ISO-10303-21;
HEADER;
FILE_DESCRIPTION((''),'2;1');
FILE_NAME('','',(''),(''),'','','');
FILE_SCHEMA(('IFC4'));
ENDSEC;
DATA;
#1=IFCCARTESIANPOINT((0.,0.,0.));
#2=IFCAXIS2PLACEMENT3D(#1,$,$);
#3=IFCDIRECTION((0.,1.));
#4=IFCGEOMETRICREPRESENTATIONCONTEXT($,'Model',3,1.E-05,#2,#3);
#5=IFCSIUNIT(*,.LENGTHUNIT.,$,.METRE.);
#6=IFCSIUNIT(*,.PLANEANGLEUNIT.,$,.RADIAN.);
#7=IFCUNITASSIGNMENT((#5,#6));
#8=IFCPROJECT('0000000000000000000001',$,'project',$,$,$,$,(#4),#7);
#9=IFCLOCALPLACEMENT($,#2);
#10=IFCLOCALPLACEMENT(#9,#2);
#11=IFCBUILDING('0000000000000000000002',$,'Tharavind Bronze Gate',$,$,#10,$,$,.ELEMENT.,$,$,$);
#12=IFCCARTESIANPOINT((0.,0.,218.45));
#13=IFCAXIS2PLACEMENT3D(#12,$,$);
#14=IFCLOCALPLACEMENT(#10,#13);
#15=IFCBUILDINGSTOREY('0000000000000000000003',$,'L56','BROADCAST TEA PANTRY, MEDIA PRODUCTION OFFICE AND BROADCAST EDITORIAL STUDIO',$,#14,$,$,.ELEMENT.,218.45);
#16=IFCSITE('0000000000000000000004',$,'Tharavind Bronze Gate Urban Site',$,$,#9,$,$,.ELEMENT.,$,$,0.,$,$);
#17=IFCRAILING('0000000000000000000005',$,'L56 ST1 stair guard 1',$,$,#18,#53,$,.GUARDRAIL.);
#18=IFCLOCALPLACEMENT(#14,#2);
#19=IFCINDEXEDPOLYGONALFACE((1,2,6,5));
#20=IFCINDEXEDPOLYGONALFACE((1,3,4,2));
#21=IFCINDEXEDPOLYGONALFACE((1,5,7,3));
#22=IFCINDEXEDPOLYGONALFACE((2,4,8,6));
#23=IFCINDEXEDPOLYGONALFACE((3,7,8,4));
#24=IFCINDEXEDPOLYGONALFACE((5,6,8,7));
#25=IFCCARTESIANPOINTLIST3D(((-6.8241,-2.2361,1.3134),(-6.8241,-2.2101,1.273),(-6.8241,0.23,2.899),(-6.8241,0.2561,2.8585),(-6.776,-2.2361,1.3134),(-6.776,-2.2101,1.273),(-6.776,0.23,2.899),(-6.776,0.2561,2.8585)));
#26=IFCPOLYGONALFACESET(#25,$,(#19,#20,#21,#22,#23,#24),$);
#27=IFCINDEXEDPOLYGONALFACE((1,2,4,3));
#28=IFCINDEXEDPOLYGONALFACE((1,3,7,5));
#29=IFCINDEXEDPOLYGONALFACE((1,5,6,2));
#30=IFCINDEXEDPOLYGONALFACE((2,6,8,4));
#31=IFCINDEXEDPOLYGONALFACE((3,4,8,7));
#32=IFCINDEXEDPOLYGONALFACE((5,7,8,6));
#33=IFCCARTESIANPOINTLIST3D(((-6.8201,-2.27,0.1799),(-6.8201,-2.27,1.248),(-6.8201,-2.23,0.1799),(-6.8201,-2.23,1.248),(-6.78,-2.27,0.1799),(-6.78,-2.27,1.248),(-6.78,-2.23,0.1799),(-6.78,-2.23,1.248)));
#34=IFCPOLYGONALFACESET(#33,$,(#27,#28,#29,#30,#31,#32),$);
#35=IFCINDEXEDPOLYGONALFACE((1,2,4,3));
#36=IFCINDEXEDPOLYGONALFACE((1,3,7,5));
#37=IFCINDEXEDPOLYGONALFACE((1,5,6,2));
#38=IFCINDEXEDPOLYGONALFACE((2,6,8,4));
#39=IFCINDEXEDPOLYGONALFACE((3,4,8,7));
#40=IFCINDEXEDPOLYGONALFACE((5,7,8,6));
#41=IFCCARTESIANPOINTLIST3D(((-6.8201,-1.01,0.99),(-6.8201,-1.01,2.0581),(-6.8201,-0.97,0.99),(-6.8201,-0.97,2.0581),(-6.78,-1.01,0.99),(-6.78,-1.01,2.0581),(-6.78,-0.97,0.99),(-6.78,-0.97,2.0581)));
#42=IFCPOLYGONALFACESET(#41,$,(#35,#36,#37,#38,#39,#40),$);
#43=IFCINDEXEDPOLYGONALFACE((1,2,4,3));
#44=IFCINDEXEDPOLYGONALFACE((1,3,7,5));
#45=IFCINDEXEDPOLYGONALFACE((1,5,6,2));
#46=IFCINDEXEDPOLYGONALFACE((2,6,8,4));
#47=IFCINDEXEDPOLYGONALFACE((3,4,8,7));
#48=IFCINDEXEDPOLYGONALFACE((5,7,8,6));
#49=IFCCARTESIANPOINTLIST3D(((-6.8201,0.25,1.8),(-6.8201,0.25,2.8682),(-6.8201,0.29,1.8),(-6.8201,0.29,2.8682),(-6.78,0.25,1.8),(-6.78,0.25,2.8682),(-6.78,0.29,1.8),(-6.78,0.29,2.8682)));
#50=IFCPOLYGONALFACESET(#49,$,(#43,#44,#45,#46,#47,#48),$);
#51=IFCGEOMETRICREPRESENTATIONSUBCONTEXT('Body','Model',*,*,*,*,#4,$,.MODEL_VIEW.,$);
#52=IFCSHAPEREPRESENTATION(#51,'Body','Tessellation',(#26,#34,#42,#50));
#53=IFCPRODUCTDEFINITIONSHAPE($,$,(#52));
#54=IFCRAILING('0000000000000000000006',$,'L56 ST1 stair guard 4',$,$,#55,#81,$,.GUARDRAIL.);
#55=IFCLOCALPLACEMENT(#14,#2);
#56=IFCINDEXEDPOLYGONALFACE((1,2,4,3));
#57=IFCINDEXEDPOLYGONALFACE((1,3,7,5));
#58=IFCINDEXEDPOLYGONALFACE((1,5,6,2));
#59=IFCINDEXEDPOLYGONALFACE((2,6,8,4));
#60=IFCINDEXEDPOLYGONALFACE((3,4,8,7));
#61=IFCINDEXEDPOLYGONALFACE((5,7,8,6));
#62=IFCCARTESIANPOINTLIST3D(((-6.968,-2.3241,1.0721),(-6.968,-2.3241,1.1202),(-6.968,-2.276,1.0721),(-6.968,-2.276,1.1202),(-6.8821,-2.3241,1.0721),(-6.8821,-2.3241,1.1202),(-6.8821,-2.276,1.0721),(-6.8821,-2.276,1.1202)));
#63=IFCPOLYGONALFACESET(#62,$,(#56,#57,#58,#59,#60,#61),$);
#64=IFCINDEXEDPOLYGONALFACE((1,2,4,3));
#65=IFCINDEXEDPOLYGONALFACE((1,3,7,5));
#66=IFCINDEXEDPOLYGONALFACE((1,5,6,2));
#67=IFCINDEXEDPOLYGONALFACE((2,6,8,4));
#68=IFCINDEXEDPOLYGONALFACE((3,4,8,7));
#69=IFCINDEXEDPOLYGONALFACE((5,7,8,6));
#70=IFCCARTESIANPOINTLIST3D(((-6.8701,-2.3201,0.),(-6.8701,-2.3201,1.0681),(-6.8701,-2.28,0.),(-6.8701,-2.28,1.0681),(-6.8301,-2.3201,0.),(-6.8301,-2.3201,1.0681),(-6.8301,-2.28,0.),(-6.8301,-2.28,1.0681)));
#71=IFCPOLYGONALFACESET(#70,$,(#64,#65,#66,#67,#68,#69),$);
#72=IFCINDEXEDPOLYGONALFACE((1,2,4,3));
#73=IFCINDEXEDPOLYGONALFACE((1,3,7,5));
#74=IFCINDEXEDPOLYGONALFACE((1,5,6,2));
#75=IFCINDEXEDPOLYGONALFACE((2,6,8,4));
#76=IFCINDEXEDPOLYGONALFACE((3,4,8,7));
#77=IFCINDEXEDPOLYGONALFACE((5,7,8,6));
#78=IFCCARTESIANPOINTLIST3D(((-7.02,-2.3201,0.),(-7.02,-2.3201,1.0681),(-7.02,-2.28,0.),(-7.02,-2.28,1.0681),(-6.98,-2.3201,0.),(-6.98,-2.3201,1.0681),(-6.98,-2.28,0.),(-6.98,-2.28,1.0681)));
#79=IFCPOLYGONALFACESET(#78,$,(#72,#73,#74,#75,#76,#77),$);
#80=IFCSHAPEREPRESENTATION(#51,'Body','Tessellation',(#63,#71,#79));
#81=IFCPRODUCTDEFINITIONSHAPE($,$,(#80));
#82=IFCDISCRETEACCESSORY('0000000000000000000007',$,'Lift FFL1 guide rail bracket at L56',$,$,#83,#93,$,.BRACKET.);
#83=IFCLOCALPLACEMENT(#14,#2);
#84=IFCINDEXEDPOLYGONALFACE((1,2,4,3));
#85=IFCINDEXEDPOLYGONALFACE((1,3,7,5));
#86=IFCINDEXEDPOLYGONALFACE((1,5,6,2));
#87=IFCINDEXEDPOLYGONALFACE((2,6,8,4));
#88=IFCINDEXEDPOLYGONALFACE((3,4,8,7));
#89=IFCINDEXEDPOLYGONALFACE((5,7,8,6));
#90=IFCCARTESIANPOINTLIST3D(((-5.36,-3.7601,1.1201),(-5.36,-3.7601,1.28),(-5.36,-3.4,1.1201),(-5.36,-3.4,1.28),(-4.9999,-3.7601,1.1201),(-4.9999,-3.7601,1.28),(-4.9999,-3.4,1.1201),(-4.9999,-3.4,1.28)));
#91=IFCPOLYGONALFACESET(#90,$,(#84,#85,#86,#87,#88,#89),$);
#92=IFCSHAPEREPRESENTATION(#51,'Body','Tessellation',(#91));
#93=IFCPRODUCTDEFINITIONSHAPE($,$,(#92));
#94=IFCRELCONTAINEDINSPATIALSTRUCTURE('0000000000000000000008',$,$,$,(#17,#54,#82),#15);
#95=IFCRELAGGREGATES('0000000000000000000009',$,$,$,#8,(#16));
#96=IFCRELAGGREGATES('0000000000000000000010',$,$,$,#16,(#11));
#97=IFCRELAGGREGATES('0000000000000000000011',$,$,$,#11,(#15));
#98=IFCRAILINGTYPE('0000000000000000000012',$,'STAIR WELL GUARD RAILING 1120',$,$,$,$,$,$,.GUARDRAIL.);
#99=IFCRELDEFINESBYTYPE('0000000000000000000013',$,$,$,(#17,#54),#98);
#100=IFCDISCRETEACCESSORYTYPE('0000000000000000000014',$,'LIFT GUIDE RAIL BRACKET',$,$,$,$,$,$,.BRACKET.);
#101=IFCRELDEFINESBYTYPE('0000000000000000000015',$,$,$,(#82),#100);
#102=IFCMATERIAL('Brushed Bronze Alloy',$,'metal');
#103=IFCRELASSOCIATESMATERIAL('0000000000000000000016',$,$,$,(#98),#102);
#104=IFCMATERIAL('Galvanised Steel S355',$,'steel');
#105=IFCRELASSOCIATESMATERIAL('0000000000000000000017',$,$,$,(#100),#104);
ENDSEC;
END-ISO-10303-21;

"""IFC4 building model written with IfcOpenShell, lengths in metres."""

from ifc_helpers import new_model, si_unit, direction, frame, origin, origin_2d, place, context, subcontext, project, spatial, rectangle, extrude, material, type_object, element, save


model = new_model("IFC4")

# Units and contexts
model_context = context("Model", 3, precision=1e-05, world=origin(), true_north=direction((0.0, 1.0)))
body_context = subcontext(model_context, "Body", "Model", "MODEL_VIEW")
ifc_project = project(units=[si_unit("LENGTHUNIT", "METRE"), si_unit("PLANEANGLEUNIT", "RADIAN")], contexts=[model_context])

# Site, building, storey
site_placement = place(None, origin())
site = spatial("IfcSite", under=ifc_project, at=site_placement, Name="Tharavind Bronze Gate Urban Site", CompositionType="ELEMENT", RefElevation=0.0)
building_placement = place(site_placement, origin())
building = spatial("IfcBuilding", under=site, at=building_placement, Name="Tharavind Bronze Gate", CompositionType="ELEMENT")
storey_placement = place(building_placement, frame((0.0, 0.0, 218.45)))
storey = spatial("IfcBuildingStorey", under=building, at=storey_placement, Name="L56", Description="BROADCAST TEA PANTRY, MEDIA PRODUCTION OFFICE AND BROADCAST EDITORIAL STUDIO", CompositionType="ELEMENT", Elevation=218.45)

# Railings
ifc_material_1 = material(Name="Brushed Bronze Alloy", Category="metal")
railing_type_1 = type_object("IfcRailingType", Name="STAIR WELL GUARD RAILING 1120", PredefinedType="GUARDRAIL", material=ifc_material_1)
railing_1_placement = place(storey_placement, frame((-6.8, -2.25, 0.1799)))
element("IfcRailing", 1, at=railing_1_placement, inside=storey, type_object=railing_type_1, Name="L56 ST1 stair guard 1", PredefinedType="GUARDRAIL", context=body_context, shape_type="SweptSolid", body=[
    extrude(rectangle(XDim=0.0481, YDim=0.0481, at=origin_2d()), frame((0.0, 0.0269, 1.1133), z_axis=(0.0, 0.841163, 0.540782), x_axis=(-1.0, 0.0, 0.0)), (0.0, 0.0, 1.0), 2.9319),
    extrude(rectangle(XDim=0.04, YDim=0.04, at=origin_2d()), origin(), (0.0, 0.0, 1.0), 1.0681),
    extrude(rectangle(XDim=0.04, YDim=0.04, at=origin_2d()), frame((0.0, 1.26, 0.8101)), (0.0, 0.0, 1.0), 1.0681),
    extrude(rectangle(XDim=0.04, YDim=0.04, at=origin_2d()), frame((0.0, 2.52, 1.6201)), (0.0, 0.0, 1.0), 1.0681),
])
railing_2_placement = place(storey_placement, frame((-6.8501, -2.3, 0.0)))
element("IfcRailing", 2, at=railing_2_placement, inside=storey, type_object=railing_type_1, Name="L56 ST1 stair guard 4", PredefinedType="GUARDRAIL", context=body_context, shape_type="SweptSolid", body=[
    extrude(rectangle(XDim=0.0481, YDim=0.0481, at=origin_2d()), frame((-0.032, 0.0, 1.0962), z_axis=(-1.0, 0.0, 0.0), x_axis=(0.0, -1.0, 0.0)), (0.0, 0.0, 1.0), 0.0859),
    extrude(rectangle(XDim=0.04, YDim=0.04, at=origin_2d()), origin(), (0.0, 0.0, 1.0), 1.0681),
    extrude(rectangle(XDim=0.04, YDim=0.04, at=origin_2d()), frame((-0.1499, 0.0, 0.0)), (0.0, 0.0, 1.0), 1.0681),
])

# Discrete accessory
ifc_material_2 = material(Name="Galvanised Steel S355", Category="steel")
discrete_accessory_type = type_object("IfcDiscreteAccessoryType", Name="LIFT GUIDE RAIL BRACKET", PredefinedType="BRACKET", material=ifc_material_2)
discrete_accessory_placement = place(storey_placement, frame((-5.1799, -3.5801, 1.1201), z_axis=(0.0, 0.0, 1.0), x_axis=(1.0, 0.0, 0.0)))
element("IfcDiscreteAccessory", 3, at=discrete_accessory_placement, inside=storey, type_object=discrete_accessory_type, Name="Lift FFL1 guide rail bracket at L56", PredefinedType="BRACKET", context=body_context, shape_type="SweptSolid", body=[
    extrude(rectangle(XDim=0.3601, YDim=0.3601, at=origin_2d()), origin(), (0.0, 0.0, 1.0), 0.1599),
])

save(model, "model.ifc")
